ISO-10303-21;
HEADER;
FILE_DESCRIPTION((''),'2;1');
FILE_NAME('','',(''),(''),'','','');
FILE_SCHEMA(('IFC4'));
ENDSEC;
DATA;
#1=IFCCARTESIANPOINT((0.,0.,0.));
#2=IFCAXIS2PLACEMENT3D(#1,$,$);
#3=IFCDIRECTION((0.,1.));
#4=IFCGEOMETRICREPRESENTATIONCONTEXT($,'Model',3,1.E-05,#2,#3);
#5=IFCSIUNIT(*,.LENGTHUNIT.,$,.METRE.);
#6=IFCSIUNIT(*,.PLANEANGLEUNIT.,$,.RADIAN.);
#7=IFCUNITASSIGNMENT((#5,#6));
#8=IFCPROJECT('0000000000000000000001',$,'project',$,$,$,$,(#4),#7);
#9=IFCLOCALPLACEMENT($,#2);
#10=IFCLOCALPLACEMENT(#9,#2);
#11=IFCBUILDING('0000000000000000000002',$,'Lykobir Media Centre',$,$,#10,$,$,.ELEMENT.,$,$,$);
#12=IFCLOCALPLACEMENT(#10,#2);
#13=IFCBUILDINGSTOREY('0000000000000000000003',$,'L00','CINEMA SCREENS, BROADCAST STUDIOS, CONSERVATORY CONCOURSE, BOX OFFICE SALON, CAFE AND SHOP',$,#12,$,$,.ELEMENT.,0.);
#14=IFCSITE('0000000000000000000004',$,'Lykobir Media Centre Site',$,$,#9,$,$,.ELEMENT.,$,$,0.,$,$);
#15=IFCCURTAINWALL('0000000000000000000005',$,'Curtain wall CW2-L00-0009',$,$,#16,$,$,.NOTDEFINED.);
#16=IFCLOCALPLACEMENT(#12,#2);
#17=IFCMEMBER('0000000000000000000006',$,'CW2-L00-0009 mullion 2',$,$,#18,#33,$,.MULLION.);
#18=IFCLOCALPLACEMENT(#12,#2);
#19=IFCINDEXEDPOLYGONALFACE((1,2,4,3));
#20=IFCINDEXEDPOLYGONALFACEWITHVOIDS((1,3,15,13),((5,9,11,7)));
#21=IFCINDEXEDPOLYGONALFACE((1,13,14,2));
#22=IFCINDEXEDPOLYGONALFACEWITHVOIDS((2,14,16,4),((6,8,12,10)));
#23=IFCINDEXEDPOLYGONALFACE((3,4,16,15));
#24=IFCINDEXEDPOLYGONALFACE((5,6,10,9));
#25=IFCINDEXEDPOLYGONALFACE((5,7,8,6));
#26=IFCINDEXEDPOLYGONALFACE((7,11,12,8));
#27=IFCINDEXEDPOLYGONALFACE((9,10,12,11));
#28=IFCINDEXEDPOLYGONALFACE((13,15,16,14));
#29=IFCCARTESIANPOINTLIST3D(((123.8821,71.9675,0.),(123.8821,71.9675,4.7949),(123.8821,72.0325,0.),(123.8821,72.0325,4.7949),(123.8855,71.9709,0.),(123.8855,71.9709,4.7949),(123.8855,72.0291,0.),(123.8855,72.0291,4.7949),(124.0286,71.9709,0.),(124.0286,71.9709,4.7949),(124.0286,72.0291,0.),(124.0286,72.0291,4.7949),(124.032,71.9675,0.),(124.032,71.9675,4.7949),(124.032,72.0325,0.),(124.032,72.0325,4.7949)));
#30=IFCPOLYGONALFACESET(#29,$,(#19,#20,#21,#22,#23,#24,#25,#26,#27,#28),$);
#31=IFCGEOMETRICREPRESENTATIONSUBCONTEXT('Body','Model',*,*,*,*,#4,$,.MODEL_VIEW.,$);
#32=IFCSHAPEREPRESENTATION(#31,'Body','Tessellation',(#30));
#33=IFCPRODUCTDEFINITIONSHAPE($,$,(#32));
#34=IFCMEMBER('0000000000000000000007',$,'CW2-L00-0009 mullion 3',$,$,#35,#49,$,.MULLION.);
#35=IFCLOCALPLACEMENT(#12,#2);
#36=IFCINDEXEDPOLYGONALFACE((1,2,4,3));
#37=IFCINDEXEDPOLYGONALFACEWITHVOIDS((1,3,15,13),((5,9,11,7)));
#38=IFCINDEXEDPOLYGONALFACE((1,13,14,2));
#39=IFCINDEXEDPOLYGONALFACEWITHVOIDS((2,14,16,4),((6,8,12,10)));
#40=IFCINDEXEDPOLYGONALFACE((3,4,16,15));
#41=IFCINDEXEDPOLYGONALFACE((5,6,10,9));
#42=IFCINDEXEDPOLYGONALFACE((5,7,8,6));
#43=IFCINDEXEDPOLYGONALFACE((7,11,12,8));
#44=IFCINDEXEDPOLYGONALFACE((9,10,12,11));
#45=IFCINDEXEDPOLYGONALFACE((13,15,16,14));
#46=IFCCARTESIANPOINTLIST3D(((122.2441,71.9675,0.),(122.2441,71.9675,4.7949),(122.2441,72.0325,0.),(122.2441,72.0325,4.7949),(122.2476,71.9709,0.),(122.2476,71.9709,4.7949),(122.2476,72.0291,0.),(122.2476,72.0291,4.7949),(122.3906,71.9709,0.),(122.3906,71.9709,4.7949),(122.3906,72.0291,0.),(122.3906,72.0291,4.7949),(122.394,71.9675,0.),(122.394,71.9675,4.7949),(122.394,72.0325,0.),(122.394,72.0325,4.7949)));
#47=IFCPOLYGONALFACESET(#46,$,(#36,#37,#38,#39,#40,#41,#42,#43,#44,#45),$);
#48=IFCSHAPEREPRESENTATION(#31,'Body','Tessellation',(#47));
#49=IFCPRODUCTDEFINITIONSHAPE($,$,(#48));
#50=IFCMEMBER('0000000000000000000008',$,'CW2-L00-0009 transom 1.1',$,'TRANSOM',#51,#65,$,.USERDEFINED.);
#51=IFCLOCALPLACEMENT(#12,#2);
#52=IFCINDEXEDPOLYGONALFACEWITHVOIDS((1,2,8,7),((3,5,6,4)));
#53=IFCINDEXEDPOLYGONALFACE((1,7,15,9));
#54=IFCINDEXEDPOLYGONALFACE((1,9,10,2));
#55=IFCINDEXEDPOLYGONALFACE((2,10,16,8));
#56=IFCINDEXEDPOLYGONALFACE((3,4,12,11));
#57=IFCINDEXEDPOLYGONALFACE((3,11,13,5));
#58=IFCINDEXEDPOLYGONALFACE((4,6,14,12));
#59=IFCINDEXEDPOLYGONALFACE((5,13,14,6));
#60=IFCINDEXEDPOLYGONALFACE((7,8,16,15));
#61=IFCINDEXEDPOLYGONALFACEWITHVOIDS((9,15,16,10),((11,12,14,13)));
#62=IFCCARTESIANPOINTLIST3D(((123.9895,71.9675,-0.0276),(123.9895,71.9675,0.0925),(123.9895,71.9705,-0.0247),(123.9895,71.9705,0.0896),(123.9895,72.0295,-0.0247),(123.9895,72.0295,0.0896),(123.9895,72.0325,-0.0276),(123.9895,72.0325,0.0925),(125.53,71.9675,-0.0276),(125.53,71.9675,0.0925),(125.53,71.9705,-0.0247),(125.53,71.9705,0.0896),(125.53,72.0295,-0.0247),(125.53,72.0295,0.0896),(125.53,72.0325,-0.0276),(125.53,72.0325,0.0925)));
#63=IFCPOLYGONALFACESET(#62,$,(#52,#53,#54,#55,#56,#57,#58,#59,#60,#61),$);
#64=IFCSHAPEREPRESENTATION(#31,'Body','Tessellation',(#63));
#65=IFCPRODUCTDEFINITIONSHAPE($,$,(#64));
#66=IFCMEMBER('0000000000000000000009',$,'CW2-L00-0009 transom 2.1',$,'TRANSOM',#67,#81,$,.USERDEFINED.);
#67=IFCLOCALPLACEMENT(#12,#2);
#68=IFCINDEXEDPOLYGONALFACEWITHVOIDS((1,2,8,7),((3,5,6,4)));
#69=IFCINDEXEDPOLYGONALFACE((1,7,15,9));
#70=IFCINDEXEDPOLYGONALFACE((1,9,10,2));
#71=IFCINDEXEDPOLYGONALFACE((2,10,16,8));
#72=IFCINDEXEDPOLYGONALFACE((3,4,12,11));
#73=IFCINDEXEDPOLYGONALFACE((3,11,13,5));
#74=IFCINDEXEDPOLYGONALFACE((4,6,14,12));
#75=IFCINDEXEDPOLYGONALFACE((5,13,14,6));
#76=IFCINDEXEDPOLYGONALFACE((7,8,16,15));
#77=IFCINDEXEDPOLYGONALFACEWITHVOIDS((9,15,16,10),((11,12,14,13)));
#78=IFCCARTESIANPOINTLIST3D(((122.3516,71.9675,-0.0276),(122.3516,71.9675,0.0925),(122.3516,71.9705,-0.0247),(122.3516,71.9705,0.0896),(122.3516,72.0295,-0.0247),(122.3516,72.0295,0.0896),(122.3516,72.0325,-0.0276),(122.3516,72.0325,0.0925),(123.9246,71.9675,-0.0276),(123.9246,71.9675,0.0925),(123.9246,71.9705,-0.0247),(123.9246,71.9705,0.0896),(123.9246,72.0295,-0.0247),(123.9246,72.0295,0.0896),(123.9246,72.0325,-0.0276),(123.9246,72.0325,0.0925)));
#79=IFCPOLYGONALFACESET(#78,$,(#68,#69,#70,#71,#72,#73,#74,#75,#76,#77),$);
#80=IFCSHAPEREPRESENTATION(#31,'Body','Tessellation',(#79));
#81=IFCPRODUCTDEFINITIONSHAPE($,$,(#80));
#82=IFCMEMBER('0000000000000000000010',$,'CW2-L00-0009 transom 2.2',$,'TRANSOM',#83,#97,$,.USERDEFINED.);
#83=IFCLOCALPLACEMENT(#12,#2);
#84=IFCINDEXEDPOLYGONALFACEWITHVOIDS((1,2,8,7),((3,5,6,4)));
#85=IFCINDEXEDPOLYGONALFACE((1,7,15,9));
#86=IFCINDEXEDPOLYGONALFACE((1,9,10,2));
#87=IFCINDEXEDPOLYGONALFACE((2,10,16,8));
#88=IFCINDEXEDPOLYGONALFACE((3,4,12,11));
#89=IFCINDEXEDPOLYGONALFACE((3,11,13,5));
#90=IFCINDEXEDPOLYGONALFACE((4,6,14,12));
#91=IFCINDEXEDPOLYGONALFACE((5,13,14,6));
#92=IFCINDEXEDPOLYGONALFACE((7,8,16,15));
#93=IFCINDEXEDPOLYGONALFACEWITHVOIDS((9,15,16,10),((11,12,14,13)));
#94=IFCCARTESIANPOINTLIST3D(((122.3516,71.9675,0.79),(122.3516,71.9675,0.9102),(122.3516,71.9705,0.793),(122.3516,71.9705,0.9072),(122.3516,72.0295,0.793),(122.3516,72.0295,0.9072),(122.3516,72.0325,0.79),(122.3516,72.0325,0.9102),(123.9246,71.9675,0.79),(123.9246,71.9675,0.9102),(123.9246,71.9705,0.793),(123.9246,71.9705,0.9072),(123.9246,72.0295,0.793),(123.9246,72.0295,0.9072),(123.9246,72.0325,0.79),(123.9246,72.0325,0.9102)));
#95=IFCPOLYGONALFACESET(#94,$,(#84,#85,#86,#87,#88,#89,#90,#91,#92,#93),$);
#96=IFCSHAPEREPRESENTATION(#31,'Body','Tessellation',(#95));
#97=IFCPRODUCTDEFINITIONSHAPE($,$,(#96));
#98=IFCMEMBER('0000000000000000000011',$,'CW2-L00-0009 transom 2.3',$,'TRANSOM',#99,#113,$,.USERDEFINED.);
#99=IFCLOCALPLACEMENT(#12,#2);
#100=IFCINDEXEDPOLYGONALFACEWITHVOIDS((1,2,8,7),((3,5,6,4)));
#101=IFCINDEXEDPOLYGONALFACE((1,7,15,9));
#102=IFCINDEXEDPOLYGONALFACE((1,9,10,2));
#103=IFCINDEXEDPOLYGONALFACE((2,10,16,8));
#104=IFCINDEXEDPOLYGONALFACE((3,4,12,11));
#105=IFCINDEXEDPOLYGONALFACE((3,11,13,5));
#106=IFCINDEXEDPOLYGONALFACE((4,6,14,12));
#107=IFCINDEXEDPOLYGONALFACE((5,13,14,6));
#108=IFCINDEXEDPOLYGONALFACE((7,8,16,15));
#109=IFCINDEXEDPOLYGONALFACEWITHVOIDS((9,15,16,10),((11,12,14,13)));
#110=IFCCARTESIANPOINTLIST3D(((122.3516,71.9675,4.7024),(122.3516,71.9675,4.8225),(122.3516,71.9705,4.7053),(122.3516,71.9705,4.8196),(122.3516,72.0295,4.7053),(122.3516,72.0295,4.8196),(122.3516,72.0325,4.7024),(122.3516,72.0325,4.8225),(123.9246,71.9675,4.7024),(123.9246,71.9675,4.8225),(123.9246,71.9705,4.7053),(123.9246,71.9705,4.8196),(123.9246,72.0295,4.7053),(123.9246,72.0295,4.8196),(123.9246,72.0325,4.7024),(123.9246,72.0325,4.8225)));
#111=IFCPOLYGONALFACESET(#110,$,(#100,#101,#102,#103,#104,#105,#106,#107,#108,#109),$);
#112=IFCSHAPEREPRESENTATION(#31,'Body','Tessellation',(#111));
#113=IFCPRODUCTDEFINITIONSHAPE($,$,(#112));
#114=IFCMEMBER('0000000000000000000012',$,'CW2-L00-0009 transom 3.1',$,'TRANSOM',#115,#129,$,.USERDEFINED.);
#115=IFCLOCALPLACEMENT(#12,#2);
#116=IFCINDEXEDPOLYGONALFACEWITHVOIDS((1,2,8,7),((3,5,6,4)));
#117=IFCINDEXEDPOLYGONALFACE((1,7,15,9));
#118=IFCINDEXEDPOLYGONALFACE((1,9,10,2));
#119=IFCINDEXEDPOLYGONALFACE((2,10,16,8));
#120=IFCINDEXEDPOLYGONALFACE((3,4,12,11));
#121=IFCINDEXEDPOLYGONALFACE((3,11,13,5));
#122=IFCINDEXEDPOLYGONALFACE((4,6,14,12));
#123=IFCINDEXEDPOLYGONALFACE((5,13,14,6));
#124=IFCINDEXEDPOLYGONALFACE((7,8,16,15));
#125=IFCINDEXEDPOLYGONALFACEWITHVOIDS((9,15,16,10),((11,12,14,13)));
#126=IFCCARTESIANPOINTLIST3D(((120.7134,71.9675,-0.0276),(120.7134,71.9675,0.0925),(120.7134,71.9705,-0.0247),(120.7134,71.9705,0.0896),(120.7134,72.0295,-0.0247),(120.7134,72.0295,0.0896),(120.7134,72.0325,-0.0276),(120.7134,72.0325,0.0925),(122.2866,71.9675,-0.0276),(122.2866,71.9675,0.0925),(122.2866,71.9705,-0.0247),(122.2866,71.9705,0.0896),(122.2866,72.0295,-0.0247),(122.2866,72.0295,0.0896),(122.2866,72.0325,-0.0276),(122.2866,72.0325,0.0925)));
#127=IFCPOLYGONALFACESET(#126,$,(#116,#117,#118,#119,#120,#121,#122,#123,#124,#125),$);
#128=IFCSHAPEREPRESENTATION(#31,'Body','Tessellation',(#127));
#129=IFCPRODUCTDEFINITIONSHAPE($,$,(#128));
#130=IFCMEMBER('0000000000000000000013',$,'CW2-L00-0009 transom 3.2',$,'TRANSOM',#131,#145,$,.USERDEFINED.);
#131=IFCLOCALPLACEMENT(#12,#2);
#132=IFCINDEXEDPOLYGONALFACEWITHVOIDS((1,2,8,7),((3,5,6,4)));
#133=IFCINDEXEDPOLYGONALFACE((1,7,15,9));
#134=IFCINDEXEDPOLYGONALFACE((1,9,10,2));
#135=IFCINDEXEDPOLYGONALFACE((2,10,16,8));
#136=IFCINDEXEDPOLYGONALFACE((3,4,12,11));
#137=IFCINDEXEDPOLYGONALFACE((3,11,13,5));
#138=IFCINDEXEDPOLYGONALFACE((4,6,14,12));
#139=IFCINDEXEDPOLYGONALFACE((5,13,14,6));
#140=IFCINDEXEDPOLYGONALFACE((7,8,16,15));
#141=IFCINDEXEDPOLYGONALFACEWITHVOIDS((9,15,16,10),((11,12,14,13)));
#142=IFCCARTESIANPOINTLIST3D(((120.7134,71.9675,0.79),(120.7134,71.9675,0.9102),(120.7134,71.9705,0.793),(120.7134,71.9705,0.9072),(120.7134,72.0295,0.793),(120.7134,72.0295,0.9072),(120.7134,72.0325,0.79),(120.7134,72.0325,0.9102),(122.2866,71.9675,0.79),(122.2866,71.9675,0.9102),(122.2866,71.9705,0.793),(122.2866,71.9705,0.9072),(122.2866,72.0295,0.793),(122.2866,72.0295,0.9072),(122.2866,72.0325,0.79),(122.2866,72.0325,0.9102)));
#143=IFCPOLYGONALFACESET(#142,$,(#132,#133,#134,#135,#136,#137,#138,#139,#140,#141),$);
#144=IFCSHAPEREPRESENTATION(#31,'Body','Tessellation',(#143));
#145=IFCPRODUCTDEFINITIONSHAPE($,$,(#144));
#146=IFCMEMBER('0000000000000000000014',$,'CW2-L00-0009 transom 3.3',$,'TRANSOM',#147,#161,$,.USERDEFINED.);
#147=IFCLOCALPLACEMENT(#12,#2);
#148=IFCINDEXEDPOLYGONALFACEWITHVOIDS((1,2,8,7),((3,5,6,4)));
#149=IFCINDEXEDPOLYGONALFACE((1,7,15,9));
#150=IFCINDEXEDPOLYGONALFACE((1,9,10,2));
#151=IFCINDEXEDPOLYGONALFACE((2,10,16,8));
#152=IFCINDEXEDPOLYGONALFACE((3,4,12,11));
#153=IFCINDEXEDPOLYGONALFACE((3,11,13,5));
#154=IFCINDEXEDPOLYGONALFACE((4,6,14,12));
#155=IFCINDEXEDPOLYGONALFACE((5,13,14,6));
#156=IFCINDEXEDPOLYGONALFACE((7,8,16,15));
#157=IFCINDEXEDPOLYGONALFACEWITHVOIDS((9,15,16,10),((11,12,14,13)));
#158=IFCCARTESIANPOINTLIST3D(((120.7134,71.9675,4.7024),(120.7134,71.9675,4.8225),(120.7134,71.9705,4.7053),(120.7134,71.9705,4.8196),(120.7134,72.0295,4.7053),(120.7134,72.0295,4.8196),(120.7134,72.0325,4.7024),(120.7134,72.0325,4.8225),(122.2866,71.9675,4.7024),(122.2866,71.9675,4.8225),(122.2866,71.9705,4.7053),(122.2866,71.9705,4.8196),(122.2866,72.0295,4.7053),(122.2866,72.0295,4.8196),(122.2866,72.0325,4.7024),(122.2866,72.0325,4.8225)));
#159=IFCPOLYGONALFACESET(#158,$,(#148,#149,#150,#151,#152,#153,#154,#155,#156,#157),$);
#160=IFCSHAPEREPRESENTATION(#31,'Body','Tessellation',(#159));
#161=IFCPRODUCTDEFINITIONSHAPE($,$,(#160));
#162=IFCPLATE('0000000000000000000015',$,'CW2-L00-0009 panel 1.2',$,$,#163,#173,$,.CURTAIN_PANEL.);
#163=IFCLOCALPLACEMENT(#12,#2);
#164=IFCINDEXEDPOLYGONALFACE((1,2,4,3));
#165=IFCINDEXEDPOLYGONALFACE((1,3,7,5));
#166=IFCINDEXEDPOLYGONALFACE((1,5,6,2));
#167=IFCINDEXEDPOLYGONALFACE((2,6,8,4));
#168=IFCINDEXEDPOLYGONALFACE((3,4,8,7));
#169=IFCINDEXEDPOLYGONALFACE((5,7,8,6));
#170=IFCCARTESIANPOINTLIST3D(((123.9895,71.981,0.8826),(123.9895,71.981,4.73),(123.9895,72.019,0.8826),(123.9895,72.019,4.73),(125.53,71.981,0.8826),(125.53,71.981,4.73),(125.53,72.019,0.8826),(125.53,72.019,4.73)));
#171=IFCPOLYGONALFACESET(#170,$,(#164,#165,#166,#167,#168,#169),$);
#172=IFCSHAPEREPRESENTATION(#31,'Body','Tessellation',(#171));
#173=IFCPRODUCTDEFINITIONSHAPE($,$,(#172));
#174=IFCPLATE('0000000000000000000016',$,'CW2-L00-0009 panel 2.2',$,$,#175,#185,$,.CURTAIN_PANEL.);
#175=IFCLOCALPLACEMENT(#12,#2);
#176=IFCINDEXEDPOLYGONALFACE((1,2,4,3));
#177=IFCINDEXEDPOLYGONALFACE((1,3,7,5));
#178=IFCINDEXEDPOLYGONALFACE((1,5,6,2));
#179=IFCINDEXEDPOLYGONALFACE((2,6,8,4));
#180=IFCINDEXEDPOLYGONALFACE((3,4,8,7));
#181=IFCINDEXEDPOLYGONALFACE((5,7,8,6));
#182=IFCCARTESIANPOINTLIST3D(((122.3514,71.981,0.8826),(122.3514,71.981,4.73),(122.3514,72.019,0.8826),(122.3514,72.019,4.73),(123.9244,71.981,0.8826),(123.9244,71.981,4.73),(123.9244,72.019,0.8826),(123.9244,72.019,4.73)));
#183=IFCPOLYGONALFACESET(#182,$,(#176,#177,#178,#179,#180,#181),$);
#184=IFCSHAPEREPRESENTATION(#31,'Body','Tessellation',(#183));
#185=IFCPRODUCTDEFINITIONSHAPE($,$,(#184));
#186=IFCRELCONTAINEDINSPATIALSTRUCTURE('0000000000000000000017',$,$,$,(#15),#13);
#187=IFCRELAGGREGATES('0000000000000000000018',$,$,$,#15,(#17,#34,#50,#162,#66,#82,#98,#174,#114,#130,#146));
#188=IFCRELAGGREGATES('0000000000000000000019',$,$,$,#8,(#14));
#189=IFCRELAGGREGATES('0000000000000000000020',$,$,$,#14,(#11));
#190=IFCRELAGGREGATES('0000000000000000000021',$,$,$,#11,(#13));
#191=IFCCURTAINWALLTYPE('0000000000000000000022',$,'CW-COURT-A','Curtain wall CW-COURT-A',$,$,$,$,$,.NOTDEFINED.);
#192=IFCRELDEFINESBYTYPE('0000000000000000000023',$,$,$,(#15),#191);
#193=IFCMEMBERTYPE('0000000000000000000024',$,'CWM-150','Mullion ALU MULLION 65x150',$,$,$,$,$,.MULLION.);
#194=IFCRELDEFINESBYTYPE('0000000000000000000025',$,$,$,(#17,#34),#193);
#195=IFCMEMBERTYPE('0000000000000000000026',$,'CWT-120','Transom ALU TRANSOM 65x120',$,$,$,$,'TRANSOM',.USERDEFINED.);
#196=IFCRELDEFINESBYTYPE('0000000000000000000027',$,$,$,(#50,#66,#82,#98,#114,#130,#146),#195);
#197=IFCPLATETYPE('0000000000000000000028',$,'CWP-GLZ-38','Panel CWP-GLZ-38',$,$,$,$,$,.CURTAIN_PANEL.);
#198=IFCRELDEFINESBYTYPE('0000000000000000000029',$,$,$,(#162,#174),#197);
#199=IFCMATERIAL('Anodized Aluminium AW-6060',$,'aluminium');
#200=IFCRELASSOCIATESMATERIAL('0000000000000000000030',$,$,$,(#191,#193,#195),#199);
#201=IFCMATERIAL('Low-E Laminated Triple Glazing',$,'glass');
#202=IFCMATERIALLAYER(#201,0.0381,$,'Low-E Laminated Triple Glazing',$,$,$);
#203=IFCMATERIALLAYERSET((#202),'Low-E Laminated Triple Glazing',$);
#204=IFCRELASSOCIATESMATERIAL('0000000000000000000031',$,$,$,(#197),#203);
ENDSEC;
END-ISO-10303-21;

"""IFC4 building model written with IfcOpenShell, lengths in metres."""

from ifc_helpers import new_model, si_unit, direction, frame, origin, origin_2d, place, context, subcontext, project, spatial, rectangle, hollow_rectangle, extrude, material, layer, layer_set, material_profile, profile_set, type_object, element, aggregate, save


model = new_model("IFC4")

# Units and contexts
model_context = context("Model", 3, precision=1e-05, world=origin(), true_north=direction((0.0, 1.0)))
body_context = subcontext(model_context, "Body", "Model", "MODEL_VIEW")
ifc_project = project(units=[si_unit("LENGTHUNIT", "METRE"), si_unit("PLANEANGLEUNIT", "RADIAN")], contexts=[model_context])

# Site, building, storey
site_placement = place(None, origin())
site = spatial("IfcSite", under=ifc_project, at=site_placement, Name="Lykobir Media Centre Site", CompositionType="ELEMENT", RefElevation=0.0)
building_placement = place(site_placement, origin())
building = spatial("IfcBuilding", under=site, at=building_placement, Name="Lykobir Media Centre", CompositionType="ELEMENT")
storey_placement = place(building_placement, origin())
storey = spatial("IfcBuildingStorey", under=building, at=storey_placement, Name="L00", Description="CINEMA SCREENS, BROADCAST STUDIOS, CONSERVATORY CONCOURSE, BOX OFFICE SALON, CAFE AND SHOP", CompositionType="ELEMENT", Elevation=0.0)

# Curtain wall, members, plates
ifc_material_1 = material(Name="Anodized Aluminium AW-6060", Category="aluminium")
curtain_wall_type = type_object("IfcCurtainWallType", Name="CW-COURT-A", Description="Curtain wall CW-COURT-A", PredefinedType="NOTDEFINED", material=ifc_material_1)
curtain_wall_placement = place(storey_placement, origin())
curtain_wall = element("IfcCurtainWall", 1, at=curtain_wall_placement, inside=storey, type_object=curtain_wall_type, Name="Curtain wall CW2-L00-0009", PredefinedType="NOTDEFINED")
ifc_material_profile_1 = material_profile(ifc_material_1, hollow_rectangle(XDim=0.0649, YDim=0.1499, WallThickness=0.0034, at=origin_2d()), Name="ALU MULLION 65x150")
ifc_profile_set_1 = profile_set([ifc_material_profile_1], Name="Anodized Aluminium AW-6060")
member_type_1 = type_object("IfcMemberType", Name="CWM-150", Description="Mullion ALU MULLION 65x150", PredefinedType="MULLION", material=ifc_profile_set_1)
member_1_placement = place(storey_placement, frame((123.957, 72.0, 0.0), z_axis=(0.0, 0.0, 1.0), x_axis=(0.0, -1.0, 0.0)))
member_1 = element("IfcMember", 2, at=member_1_placement, type_object=member_type_1, Name="CW2-L00-0009 mullion 2", PredefinedType="MULLION", context=body_context, shape_type="SweptSolid", body=[
    extrude(hollow_rectangle(XDim=0.0649, YDim=0.1499, WallThickness=0.0034, at=origin_2d()), origin(), (0.0, 0.0, 1.0), 4.7949),
])
member_2_placement = place(storey_placement, frame((122.3191, 72.0, 0.0), z_axis=(0.0, 0.0, 1.0), x_axis=(0.0, -1.0, 0.0)))
member_2 = element("IfcMember", 3, at=member_2_placement, type_object=member_type_1, Name="CW2-L00-0009 mullion 3", PredefinedType="MULLION", context=body_context, shape_type="SweptSolid", body=[
    extrude(hollow_rectangle(XDim=0.0649, YDim=0.1499, WallThickness=0.0034, at=origin_2d()), origin(), (0.0, 0.0, 1.0), 4.7949),
])
ifc_material_profile_2 = material_profile(ifc_material_1, hollow_rectangle(XDim=0.0649, YDim=0.1201, WallThickness=0.0029, at=origin_2d()), Name="ALU TRANSOM 65x120")
ifc_profile_set_2 = profile_set([ifc_material_profile_2], Name="Anodized Aluminium AW-6060")
member_type_2 = type_object("IfcMemberType", Name="CWT-120", Description="Transom ALU TRANSOM 65x120", ElementType="TRANSOM", PredefinedType="USERDEFINED", material=ifc_profile_set_2)
member_3_placement = place(storey_placement, frame((125.53, 72.0, 0.0325), z_axis=(-1.0, 0.0, 0.0), x_axis=(0.0, -1.0, 0.0)))
member_3 = element("IfcMember", 4, at=member_3_placement, type_object=member_type_2, Name="CW2-L00-0009 transom 1.1", ObjectType="TRANSOM", PredefinedType="USERDEFINED", context=body_context, shape_type="SweptSolid", body=[
    extrude(hollow_rectangle(XDim=0.0649, YDim=0.1201, WallThickness=0.0029, at=origin_2d()), origin(), (0.0, 0.0, 1.0), 1.5405),
])
member_4_placement = place(storey_placement, frame((123.9246, 72.0, 0.0325), z_axis=(-1.0, 0.0, 0.0), x_axis=(0.0, -1.0, 0.0)))
member_4 = element("IfcMember", 5, at=member_4_placement, type_object=member_type_2, Name="CW2-L00-0009 transom 2.1", ObjectType="TRANSOM", PredefinedType="USERDEFINED", context=body_context, shape_type="SweptSolid", body=[
    extrude(hollow_rectangle(XDim=0.0649, YDim=0.1201, WallThickness=0.0029, at=origin_2d()), origin(), (0.0, 0.0, 1.0), 1.573),
])
member_5_placement = place(storey_placement, frame((123.9246, 72.0, 0.8501), z_axis=(-1.0, 0.0, 0.0), x_axis=(0.0, -1.0, 0.0)))
member_5 = element("IfcMember", 6, at=member_5_placement, type_object=member_type_2, Name="CW2-L00-0009 transom 2.2", ObjectType="TRANSOM", PredefinedType="USERDEFINED", context=body_context, shape_type="SweptSolid", body=[
    extrude(hollow_rectangle(XDim=0.0649, YDim=0.1201, WallThickness=0.0029, at=origin_2d()), origin(), (0.0, 0.0, 1.0), 1.573),
])
member_6_placement = place(storey_placement, frame((123.9246, 72.0, 4.7625), z_axis=(-1.0, 0.0, 0.0), x_axis=(0.0, -1.0, 0.0)))
member_6 = element("IfcMember", 7, at=member_6_placement, type_object=member_type_2, Name="CW2-L00-0009 transom 2.3", ObjectType="TRANSOM", PredefinedType="USERDEFINED", context=body_context, shape_type="SweptSolid", body=[
    extrude(hollow_rectangle(XDim=0.0649, YDim=0.1201, WallThickness=0.0029, at=origin_2d()), origin(), (0.0, 0.0, 1.0), 1.573),
])
member_7_placement = place(storey_placement, frame((122.2866, 72.0, 0.0325), z_axis=(-1.0, 0.0, 0.0), x_axis=(0.0, -1.0, 0.0)))
member_7 = element("IfcMember", 8, at=member_7_placement, type_object=member_type_2, Name="CW2-L00-0009 transom 3.1", ObjectType="TRANSOM", PredefinedType="USERDEFINED", context=body_context, shape_type="SweptSolid", body=[
    extrude(hollow_rectangle(XDim=0.0649, YDim=0.1201, WallThickness=0.0029, at=origin_2d()), origin(), (0.0, 0.0, 1.0), 1.5732),
])
member_8_placement = place(storey_placement, frame((122.2866, 72.0, 0.8501), z_axis=(-1.0, 0.0, 0.0), x_axis=(0.0, -1.0, 0.0)))
member_8 = element("IfcMember", 9, at=member_8_placement, type_object=member_type_2, Name="CW2-L00-0009 transom 3.2", ObjectType="TRANSOM", PredefinedType="USERDEFINED", context=body_context, shape_type="SweptSolid", body=[
    extrude(hollow_rectangle(XDim=0.0649, YDim=0.1201, WallThickness=0.0029, at=origin_2d()), origin(), (0.0, 0.0, 1.0), 1.5732),
])
member_9_placement = place(storey_placement, frame((122.2866, 72.0, 4.7625), z_axis=(-1.0, 0.0, 0.0), x_axis=(0.0, -1.0, 0.0)))
member_9 = element("IfcMember", 10, at=member_9_placement, type_object=member_type_2, Name="CW2-L00-0009 transom 3.3", ObjectType="TRANSOM", PredefinedType="USERDEFINED", context=body_context, shape_type="SweptSolid", body=[
    extrude(hollow_rectangle(XDim=0.0649, YDim=0.1201, WallThickness=0.0029, at=origin_2d()), origin(), (0.0, 0.0, 1.0), 1.5732),
])
ifc_material_2 = material(Name="Low-E Laminated Triple Glazing", Category="glass")
ifc_layer_1 = layer(ifc_material_2, 0.0381, Name="Low-E Laminated Triple Glazing")
ifc_layer_set_1 = layer_set([ifc_layer_1], Name="Low-E Laminated Triple Glazing")
plate_type_1 = type_object("IfcPlateType", Name="CWP-GLZ-38", Description="Panel CWP-GLZ-38", PredefinedType="CURTAIN_PANEL", material=ifc_layer_set_1)
plate_1_placement = place(storey_placement, frame((124.7598, 72.0, 0.8826), z_axis=(0.0, 0.0, 1.0), x_axis=(-1.0, 0.0, 0.0)))
plate_1 = element("IfcPlate", 11, at=plate_1_placement, type_object=plate_type_1, Name="CW2-L00-0009 panel 1.2", PredefinedType="CURTAIN_PANEL", context=body_context, shape_type="SweptSolid", body=[
    extrude(rectangle(XDim=1.5405, YDim=0.0381, at=origin_2d()), origin(), (0.0, 0.0, 1.0), 3.8474),
])
plate_2_placement = place(storey_placement, frame((123.1379, 72.0, 0.8826), z_axis=(0.0, 0.0, 1.0), x_axis=(-1.0, 0.0, 0.0)))
plate_2 = element("IfcPlate", 12, at=plate_2_placement, type_object=plate_type_1, Name="CW2-L00-0009 panel 2.2", PredefinedType="CURTAIN_PANEL", context=body_context, shape_type="SweptSolid", body=[
    extrude(rectangle(XDim=1.573, YDim=0.0381, at=origin_2d()), origin(), (0.0, 0.0, 1.0), 3.8474),
])
aggregate(curtain_wall, [member_1, member_2, member_3, plate_1, member_4, member_5, member_6, plate_2, member_7, member_8, member_9])

save(model, "model.ifc")
